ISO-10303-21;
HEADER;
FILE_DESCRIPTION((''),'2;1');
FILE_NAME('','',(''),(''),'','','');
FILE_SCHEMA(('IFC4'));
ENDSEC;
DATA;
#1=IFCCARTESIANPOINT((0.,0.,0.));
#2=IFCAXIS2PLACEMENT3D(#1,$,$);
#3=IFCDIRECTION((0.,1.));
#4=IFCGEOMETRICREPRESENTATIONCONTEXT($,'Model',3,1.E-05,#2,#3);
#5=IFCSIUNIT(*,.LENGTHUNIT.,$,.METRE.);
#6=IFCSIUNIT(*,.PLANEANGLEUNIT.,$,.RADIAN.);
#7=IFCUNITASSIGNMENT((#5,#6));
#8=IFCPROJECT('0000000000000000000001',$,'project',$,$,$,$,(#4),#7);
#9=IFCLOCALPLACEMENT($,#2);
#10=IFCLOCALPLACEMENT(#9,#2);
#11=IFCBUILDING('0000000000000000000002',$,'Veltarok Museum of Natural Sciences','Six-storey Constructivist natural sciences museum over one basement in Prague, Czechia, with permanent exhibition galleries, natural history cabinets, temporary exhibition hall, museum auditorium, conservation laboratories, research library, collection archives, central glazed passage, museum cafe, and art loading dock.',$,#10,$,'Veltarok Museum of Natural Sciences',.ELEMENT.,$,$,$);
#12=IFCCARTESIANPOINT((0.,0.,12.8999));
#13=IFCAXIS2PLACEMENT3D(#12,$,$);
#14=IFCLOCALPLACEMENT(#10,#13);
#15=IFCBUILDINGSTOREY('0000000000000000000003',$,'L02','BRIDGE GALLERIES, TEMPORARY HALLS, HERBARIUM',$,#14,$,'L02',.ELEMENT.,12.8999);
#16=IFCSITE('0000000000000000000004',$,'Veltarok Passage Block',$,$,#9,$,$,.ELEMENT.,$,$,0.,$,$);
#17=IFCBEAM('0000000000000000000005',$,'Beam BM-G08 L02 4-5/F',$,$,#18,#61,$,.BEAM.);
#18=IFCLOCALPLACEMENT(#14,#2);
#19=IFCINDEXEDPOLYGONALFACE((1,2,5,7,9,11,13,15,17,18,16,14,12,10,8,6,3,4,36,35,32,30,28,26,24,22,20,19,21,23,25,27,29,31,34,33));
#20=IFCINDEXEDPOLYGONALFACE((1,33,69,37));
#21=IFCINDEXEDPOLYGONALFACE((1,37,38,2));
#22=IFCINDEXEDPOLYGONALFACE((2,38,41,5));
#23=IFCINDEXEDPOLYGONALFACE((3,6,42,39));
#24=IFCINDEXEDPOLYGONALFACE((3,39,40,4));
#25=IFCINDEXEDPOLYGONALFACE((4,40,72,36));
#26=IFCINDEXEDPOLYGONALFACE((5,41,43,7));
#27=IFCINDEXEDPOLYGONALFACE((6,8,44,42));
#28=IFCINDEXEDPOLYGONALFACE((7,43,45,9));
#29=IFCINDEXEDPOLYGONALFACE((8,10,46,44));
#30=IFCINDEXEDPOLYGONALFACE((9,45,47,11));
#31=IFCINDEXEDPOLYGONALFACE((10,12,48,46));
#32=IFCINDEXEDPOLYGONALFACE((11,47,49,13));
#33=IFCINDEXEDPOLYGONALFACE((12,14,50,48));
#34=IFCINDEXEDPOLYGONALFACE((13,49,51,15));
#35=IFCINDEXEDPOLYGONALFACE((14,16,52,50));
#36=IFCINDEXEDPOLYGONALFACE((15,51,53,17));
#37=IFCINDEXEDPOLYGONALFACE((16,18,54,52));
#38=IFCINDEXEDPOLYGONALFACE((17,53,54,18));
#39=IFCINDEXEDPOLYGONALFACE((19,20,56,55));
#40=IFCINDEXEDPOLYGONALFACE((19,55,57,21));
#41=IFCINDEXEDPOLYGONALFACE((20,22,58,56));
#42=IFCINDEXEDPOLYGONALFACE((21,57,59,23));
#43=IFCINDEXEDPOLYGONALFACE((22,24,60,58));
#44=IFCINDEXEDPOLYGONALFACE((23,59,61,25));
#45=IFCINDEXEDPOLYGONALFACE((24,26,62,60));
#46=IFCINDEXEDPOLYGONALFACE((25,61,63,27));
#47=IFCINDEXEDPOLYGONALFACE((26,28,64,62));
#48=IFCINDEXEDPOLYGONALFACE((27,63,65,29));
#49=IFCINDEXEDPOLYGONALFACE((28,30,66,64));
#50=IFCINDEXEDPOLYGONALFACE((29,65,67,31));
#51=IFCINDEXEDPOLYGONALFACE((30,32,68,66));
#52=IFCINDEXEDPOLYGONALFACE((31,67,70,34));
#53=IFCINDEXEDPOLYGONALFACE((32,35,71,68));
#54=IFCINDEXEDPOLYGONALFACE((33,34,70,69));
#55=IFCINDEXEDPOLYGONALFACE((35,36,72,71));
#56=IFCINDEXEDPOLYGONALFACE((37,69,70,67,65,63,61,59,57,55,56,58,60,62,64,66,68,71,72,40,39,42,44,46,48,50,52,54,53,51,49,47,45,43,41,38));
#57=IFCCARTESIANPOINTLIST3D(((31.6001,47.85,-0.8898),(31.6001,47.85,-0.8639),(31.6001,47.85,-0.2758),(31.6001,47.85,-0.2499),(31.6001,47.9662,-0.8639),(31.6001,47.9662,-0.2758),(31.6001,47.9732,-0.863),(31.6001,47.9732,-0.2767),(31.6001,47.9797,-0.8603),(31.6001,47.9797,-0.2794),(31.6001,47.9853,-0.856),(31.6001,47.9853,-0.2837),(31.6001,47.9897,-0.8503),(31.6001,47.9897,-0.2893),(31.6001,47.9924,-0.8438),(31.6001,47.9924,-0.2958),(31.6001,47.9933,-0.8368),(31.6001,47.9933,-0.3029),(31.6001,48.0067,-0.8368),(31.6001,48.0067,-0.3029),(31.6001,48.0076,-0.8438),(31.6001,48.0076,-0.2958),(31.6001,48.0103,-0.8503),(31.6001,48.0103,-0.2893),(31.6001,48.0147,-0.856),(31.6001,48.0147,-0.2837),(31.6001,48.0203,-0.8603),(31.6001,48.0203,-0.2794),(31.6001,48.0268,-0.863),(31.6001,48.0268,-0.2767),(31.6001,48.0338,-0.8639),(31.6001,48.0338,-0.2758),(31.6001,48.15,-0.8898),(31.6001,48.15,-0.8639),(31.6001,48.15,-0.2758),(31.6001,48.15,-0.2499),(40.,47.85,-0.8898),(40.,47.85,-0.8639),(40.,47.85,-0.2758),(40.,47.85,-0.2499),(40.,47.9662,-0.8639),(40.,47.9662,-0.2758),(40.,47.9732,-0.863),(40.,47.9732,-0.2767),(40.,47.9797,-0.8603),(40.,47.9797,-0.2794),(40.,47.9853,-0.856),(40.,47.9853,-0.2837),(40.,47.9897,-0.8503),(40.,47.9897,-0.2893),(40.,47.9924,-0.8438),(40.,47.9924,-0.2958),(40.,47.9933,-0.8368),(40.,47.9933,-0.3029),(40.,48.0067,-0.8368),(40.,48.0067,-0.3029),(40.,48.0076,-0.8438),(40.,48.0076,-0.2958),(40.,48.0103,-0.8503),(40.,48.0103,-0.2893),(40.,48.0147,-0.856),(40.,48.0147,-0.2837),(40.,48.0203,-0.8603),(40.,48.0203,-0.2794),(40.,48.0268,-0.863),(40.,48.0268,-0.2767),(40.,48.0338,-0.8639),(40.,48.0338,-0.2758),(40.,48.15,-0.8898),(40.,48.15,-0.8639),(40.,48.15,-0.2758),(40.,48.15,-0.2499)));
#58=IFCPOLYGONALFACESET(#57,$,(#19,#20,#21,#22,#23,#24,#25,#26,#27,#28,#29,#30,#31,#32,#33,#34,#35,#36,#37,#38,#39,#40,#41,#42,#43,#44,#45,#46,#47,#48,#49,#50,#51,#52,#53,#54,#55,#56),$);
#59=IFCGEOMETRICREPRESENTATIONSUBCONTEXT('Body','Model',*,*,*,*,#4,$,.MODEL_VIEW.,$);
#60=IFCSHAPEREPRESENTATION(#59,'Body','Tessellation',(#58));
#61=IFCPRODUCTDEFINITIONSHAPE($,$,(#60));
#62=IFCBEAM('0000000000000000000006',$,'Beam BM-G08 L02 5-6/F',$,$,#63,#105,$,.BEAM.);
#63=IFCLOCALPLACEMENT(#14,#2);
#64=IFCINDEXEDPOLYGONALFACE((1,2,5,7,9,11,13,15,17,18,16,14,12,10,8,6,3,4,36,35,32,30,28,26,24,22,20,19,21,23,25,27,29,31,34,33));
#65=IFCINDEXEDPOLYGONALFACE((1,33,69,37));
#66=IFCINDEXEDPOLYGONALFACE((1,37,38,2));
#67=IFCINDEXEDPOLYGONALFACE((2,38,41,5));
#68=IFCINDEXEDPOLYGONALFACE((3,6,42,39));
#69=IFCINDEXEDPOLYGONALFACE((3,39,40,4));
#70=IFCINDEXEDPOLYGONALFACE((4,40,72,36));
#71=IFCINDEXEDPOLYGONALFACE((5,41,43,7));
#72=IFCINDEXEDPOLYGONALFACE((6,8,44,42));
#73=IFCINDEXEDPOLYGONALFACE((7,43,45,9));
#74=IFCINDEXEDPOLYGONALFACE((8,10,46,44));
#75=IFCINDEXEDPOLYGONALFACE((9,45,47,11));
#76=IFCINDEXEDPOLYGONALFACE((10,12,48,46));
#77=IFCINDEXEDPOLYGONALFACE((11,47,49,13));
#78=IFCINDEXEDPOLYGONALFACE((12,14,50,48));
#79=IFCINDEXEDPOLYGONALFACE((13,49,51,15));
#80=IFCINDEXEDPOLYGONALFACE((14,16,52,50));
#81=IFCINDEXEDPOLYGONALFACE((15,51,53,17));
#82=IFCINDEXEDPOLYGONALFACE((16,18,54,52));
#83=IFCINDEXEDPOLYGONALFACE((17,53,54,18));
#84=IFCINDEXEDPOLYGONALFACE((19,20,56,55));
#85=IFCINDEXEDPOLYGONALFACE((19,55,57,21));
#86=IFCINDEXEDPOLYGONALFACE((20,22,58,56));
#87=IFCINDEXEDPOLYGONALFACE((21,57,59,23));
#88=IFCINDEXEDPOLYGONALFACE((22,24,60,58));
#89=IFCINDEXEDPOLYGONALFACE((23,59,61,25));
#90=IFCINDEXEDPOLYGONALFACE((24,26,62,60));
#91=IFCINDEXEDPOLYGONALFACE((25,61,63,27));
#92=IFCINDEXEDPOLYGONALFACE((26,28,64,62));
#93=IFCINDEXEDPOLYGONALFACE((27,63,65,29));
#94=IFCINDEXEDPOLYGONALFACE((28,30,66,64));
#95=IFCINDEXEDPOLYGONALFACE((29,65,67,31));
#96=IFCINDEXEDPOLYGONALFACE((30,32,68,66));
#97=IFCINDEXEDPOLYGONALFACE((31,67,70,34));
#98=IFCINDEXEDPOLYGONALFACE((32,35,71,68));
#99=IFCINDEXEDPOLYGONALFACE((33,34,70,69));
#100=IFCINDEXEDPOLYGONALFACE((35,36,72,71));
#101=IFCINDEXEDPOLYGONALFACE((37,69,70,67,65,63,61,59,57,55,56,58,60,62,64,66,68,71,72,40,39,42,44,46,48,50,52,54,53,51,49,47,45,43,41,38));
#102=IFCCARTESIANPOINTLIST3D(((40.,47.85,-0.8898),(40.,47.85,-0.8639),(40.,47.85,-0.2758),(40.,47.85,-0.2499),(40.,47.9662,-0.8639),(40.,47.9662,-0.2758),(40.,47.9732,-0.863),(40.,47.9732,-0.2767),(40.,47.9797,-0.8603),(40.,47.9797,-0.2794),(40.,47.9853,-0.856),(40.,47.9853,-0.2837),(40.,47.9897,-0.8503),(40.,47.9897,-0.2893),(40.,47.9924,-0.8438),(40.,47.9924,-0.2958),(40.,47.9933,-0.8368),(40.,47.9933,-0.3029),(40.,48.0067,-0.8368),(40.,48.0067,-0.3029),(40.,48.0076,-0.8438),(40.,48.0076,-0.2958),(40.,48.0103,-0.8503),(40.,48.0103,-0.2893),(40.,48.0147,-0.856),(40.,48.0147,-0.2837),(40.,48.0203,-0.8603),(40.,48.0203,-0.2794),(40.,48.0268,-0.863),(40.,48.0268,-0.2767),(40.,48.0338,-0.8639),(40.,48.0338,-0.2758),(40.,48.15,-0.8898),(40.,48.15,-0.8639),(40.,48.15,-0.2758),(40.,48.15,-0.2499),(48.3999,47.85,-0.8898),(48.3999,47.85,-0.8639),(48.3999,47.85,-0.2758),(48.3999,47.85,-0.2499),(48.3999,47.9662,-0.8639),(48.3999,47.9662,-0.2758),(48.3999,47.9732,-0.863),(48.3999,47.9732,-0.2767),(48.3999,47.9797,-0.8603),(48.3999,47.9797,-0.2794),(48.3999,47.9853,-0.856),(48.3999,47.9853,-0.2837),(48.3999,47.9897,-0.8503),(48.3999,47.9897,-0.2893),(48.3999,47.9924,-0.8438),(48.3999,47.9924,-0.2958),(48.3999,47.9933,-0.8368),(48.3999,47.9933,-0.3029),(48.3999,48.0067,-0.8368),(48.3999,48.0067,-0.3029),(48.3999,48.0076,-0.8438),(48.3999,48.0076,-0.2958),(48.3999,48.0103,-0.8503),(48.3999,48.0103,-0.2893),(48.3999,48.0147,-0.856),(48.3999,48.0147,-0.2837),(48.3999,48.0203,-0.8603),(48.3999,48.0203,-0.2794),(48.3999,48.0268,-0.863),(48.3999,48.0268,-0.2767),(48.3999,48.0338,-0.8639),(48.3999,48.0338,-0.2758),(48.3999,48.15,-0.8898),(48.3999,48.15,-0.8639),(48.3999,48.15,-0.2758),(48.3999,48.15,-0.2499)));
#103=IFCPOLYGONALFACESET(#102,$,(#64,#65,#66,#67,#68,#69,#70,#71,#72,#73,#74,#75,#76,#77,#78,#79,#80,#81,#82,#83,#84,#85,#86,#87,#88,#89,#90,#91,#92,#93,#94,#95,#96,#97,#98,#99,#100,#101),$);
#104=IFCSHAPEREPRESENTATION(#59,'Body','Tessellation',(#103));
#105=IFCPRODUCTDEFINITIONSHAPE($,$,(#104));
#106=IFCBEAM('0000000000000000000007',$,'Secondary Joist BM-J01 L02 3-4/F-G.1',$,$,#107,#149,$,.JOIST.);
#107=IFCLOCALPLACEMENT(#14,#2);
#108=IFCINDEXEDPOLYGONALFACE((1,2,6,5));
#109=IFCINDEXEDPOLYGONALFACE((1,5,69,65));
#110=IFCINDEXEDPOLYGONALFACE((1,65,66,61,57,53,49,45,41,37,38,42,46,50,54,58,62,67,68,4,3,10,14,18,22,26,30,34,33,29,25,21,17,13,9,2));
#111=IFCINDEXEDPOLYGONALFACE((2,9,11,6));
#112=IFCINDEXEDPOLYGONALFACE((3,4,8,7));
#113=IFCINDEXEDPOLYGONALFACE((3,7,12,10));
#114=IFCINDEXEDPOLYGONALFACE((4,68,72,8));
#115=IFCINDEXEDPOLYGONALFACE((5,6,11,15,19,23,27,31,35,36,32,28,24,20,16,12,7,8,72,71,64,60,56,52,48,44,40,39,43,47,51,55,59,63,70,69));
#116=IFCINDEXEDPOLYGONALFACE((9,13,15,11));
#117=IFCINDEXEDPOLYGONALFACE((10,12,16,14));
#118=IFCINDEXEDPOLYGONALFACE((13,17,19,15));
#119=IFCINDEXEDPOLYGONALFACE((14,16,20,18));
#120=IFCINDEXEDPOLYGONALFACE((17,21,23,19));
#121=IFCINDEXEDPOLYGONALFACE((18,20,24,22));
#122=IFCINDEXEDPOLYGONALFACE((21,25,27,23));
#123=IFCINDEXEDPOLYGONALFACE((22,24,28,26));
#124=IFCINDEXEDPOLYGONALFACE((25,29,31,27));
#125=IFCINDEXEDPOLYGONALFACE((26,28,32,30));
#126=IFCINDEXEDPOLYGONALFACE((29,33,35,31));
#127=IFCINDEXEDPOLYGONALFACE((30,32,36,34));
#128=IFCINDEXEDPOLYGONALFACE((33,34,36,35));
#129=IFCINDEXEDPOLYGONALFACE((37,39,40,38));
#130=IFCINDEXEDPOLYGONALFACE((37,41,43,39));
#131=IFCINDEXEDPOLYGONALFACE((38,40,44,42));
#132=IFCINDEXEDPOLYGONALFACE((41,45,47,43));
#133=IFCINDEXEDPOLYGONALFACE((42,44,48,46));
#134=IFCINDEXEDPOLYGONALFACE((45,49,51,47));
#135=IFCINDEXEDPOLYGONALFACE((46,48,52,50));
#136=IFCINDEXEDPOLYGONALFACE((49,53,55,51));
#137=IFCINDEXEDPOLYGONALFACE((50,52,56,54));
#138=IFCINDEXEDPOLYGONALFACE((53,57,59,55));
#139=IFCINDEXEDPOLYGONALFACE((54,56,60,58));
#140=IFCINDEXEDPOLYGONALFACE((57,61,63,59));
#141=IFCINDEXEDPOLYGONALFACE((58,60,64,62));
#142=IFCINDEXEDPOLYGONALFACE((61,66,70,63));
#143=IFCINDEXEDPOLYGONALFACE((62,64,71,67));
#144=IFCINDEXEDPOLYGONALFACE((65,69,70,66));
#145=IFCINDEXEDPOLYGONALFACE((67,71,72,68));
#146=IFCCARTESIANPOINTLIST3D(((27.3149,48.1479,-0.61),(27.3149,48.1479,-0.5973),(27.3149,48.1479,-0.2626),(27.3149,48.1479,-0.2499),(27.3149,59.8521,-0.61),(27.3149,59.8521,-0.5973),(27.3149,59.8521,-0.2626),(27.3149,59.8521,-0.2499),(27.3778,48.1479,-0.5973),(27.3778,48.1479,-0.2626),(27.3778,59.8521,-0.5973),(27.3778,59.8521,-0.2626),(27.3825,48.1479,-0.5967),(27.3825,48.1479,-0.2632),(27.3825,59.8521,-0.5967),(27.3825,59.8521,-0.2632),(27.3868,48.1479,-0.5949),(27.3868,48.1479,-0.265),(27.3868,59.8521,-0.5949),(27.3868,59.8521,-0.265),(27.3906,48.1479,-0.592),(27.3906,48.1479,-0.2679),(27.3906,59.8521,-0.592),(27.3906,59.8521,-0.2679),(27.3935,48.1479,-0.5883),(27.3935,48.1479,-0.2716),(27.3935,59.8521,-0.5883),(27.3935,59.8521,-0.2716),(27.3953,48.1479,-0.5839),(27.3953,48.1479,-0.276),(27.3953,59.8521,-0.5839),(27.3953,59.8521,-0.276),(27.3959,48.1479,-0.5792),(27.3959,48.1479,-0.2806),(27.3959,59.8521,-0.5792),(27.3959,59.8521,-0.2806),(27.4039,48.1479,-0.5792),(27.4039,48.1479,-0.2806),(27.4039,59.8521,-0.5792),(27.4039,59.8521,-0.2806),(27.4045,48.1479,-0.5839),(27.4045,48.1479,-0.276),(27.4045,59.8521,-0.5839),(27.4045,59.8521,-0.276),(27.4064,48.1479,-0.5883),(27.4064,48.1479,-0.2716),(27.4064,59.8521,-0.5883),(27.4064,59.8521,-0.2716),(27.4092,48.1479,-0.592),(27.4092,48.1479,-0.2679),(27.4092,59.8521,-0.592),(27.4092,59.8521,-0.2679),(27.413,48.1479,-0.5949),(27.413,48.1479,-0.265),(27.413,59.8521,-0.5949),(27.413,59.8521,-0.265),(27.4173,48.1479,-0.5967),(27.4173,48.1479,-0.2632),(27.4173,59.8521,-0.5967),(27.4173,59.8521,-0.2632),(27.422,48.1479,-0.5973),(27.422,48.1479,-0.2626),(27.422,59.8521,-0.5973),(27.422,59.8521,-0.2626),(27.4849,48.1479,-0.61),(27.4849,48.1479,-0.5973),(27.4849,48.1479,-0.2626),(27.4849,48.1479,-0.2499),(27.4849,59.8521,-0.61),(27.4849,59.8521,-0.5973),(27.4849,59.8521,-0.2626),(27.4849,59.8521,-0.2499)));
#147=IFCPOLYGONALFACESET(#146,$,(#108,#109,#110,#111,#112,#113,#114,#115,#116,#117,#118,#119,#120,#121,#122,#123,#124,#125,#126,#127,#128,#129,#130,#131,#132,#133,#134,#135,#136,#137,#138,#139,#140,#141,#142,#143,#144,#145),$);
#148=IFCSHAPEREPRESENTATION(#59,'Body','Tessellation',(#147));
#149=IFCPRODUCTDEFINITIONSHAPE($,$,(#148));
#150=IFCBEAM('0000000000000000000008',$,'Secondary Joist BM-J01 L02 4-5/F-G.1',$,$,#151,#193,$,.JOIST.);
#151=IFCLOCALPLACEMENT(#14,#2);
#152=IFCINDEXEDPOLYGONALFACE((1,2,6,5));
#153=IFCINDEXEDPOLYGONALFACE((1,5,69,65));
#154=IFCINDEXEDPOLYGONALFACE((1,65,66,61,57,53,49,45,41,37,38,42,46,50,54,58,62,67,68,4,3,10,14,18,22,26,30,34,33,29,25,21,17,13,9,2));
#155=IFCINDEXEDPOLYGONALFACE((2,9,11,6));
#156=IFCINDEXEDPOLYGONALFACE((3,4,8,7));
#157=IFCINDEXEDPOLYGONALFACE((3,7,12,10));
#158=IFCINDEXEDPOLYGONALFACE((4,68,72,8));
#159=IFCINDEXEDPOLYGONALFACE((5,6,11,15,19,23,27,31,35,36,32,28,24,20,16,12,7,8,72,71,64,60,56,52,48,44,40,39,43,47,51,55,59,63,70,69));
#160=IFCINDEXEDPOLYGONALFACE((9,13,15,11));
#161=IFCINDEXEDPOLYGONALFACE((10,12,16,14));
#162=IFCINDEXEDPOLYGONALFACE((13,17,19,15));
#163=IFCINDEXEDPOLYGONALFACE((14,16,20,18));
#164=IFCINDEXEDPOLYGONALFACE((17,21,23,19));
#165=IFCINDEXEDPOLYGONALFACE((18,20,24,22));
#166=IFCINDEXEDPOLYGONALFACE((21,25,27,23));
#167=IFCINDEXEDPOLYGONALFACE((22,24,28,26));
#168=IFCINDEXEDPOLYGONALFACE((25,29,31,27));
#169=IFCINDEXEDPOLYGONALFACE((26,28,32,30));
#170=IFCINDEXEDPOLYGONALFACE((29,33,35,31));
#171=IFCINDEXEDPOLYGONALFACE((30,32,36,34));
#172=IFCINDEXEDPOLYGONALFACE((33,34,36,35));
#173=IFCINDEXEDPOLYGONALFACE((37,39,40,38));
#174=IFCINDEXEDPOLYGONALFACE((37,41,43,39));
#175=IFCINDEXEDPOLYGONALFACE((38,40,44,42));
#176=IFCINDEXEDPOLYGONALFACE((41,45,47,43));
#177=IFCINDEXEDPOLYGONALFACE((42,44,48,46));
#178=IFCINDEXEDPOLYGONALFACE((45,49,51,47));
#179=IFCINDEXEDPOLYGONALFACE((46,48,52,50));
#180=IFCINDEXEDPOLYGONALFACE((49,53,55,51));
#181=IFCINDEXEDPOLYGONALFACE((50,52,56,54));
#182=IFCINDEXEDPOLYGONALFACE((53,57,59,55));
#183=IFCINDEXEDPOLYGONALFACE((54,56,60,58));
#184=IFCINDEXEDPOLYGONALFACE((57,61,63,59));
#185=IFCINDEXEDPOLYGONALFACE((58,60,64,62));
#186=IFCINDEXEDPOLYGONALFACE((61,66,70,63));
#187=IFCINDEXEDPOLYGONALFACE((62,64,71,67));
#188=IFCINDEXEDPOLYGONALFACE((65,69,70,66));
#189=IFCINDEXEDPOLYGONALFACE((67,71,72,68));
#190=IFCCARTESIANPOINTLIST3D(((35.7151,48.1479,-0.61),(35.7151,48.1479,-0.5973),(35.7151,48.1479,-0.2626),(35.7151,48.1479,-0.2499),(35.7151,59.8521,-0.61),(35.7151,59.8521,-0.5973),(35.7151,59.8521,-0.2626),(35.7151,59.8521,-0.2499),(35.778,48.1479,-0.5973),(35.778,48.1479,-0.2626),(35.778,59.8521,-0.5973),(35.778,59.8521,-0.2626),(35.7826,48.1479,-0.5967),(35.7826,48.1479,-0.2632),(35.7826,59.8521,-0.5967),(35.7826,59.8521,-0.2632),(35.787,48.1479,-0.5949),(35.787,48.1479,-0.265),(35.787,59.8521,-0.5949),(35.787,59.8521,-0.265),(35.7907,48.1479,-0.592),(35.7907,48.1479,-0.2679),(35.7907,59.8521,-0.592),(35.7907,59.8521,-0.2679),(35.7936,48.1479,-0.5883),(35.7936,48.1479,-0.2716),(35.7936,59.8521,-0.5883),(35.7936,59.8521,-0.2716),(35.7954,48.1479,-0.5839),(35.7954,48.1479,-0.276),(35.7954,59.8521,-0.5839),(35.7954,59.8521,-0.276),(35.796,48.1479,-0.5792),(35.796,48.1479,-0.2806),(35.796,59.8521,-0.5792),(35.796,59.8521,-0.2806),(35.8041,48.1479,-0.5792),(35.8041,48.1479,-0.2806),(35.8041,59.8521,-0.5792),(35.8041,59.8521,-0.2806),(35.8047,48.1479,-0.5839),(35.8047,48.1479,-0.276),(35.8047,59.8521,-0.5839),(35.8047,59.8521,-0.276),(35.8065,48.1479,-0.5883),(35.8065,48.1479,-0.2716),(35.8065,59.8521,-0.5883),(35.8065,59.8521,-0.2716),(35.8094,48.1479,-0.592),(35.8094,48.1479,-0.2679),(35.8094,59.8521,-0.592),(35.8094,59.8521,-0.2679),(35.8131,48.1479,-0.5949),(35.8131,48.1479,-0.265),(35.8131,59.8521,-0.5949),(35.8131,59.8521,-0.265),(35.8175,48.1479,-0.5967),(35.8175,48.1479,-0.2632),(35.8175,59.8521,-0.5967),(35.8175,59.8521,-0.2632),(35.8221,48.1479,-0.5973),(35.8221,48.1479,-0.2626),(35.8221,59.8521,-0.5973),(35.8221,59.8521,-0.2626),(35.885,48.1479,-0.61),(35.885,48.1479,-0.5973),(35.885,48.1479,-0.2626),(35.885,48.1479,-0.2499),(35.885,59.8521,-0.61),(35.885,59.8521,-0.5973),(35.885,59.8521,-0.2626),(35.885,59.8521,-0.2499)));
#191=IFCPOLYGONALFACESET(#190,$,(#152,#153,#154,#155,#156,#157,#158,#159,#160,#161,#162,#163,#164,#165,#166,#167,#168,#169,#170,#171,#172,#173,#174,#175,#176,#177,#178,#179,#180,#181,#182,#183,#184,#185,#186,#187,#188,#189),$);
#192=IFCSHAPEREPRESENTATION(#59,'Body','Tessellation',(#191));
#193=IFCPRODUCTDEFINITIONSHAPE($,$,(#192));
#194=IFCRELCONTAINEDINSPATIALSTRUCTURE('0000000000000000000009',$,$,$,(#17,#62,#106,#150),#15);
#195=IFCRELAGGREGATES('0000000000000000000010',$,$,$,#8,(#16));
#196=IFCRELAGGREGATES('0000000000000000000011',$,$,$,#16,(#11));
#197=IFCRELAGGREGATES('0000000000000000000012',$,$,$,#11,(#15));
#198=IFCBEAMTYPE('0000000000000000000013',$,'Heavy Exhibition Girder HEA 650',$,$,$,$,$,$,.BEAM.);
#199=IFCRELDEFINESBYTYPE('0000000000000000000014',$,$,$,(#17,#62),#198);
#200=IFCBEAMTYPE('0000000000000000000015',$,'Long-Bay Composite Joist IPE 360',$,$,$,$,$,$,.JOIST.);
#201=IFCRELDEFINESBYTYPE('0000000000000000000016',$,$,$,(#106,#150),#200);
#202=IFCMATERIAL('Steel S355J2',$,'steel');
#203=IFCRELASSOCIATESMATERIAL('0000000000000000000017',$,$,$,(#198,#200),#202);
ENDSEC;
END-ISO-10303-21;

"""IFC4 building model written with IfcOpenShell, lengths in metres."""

from ifc_helpers import new_model, si_unit, direction, frame, origin, origin_2d, place, context, subcontext, project, spatial, i_section, extrude, material, material_profile, profile_set, type_object, element, save


model = new_model("IFC4")

# Units and contexts
model_context = context("Model", 3, precision=1e-05, world=origin(), true_north=direction((0.0, 1.0)))
body_context = subcontext(model_context, "Body", "Model", "MODEL_VIEW")
ifc_project = project(units=[si_unit("LENGTHUNIT", "METRE"), si_unit("PLANEANGLEUNIT", "RADIAN")], contexts=[model_context])

# Site, building, storey
site_placement = place(None, origin())
site = spatial("IfcSite", under=ifc_project, at=site_placement, Name="Veltarok Passage Block", CompositionType="ELEMENT", RefElevation=0.0)
building_placement = place(site_placement, origin())
building = spatial("IfcBuilding", under=site, at=building_placement, Name="Veltarok Museum of Natural Sciences", Description="Six-storey Constructivist natural sciences museum over one basement in Prague, Czechia, with permanent exhibition galleries, natural history cabinets, temporary exhibition hall, museum auditorium, conservation laboratories, research library, collection archives, central glazed passage, museum cafe, and art loading dock.", LongName="Veltarok Museum of Natural Sciences", CompositionType="ELEMENT")
storey_placement = place(building_placement, frame((0.0, 0.0, 12.8999)))
storey = spatial("IfcBuildingStorey", under=building, at=storey_placement, Name="L02", Description="BRIDGE GALLERIES, TEMPORARY HALLS, HERBARIUM", LongName="L02", CompositionType="ELEMENT", Elevation=12.8999)

# Shared definitions
ifc_material_1 = material(Name="Steel S355J2", Category="steel")

# Beams
ifc_material_profile_1 = material_profile(ifc_material_1, i_section(OverallWidth=0.3, OverallDepth=0.6399, WebThickness=0.0134, FlangeThickness=0.0259, FilletRadius=0.0271, at=origin_2d()), Name="HEA 650")
ifc_profile_set_1 = profile_set([ifc_material_profile_1], Name="Steel S355J2")
beam_type_1 = type_object("IfcBeamType", Name="Heavy Exhibition Girder HEA 650", PredefinedType="BEAM", material=ifc_profile_set_1)
for number, where, z_axis, x_axis, name in (
    (1, (31.6001, 48.0, -0.5698), (1.0, 0.0, 0.0), (0.0, 1.0, 0.0), "Beam BM-G08 L02 4-5/F"),
    (2, (40.0, 48.0, -0.5698), (1.0, 0.0, 0.0), (0.0, 1.0, 0.0), "Beam BM-G08 L02 5-6/F"),
):
    element("IfcBeam", number, at=place(storey_placement, frame(where, z_axis=z_axis, x_axis=x_axis)), inside=storey, type_object=beam_type_1, Name=name, PredefinedType="BEAM", context=body_context, shape_type="SweptSolid", body=[
        extrude(i_section(OverallWidth=0.3, OverallDepth=0.6399, WebThickness=0.0134, FlangeThickness=0.0259, FilletRadius=0.0271, at=origin_2d()), origin(), (0.0, 0.0, 1.0), 8.3999),
    ])
ifc_material_profile_2 = material_profile(ifc_material_1, i_section(OverallWidth=0.1699, OverallDepth=0.3601, WebThickness=0.0081, FlangeThickness=0.0127, FilletRadius=0.0181, at=origin_2d()), Name="IPE 360")
ifc_profile_set_2 = profile_set([ifc_material_profile_2], Name="Steel S355J2")
beam_type_2 = type_object("IfcBeamType", Name="Long-Bay Composite Joist IPE 360", PredefinedType="JOIST", material=ifc_profile_set_2)
for number, where, z_axis, x_axis, name in (
    (3, (27.3999, 48.1479, -0.4299), (0.0, 1.0, 0.0), (-1.0, 0.0, 0.0), "Secondary Joist BM-J01 L02 3-4/F-G.1"),
    (4, (35.8, 48.1479, -0.4299), (0.0, 1.0, 0.0), (-1.0, 0.0, 0.0), "Secondary Joist BM-J01 L02 4-5/F-G.1"),
):
    element("IfcBeam", number, at=place(storey_placement, frame(where, z_axis=z_axis, x_axis=x_axis)), inside=storey, type_object=beam_type_2, Name=name, PredefinedType="JOIST", context=body_context, shape_type="SweptSolid", body=[
        extrude(i_section(OverallWidth=0.1699, OverallDepth=0.3601, WebThickness=0.0081, FlangeThickness=0.0127, FilletRadius=0.0181, at=origin_2d()), origin(), (0.0, 0.0, 1.0), 11.7041),
    ])

save(model, "model.ifc")
